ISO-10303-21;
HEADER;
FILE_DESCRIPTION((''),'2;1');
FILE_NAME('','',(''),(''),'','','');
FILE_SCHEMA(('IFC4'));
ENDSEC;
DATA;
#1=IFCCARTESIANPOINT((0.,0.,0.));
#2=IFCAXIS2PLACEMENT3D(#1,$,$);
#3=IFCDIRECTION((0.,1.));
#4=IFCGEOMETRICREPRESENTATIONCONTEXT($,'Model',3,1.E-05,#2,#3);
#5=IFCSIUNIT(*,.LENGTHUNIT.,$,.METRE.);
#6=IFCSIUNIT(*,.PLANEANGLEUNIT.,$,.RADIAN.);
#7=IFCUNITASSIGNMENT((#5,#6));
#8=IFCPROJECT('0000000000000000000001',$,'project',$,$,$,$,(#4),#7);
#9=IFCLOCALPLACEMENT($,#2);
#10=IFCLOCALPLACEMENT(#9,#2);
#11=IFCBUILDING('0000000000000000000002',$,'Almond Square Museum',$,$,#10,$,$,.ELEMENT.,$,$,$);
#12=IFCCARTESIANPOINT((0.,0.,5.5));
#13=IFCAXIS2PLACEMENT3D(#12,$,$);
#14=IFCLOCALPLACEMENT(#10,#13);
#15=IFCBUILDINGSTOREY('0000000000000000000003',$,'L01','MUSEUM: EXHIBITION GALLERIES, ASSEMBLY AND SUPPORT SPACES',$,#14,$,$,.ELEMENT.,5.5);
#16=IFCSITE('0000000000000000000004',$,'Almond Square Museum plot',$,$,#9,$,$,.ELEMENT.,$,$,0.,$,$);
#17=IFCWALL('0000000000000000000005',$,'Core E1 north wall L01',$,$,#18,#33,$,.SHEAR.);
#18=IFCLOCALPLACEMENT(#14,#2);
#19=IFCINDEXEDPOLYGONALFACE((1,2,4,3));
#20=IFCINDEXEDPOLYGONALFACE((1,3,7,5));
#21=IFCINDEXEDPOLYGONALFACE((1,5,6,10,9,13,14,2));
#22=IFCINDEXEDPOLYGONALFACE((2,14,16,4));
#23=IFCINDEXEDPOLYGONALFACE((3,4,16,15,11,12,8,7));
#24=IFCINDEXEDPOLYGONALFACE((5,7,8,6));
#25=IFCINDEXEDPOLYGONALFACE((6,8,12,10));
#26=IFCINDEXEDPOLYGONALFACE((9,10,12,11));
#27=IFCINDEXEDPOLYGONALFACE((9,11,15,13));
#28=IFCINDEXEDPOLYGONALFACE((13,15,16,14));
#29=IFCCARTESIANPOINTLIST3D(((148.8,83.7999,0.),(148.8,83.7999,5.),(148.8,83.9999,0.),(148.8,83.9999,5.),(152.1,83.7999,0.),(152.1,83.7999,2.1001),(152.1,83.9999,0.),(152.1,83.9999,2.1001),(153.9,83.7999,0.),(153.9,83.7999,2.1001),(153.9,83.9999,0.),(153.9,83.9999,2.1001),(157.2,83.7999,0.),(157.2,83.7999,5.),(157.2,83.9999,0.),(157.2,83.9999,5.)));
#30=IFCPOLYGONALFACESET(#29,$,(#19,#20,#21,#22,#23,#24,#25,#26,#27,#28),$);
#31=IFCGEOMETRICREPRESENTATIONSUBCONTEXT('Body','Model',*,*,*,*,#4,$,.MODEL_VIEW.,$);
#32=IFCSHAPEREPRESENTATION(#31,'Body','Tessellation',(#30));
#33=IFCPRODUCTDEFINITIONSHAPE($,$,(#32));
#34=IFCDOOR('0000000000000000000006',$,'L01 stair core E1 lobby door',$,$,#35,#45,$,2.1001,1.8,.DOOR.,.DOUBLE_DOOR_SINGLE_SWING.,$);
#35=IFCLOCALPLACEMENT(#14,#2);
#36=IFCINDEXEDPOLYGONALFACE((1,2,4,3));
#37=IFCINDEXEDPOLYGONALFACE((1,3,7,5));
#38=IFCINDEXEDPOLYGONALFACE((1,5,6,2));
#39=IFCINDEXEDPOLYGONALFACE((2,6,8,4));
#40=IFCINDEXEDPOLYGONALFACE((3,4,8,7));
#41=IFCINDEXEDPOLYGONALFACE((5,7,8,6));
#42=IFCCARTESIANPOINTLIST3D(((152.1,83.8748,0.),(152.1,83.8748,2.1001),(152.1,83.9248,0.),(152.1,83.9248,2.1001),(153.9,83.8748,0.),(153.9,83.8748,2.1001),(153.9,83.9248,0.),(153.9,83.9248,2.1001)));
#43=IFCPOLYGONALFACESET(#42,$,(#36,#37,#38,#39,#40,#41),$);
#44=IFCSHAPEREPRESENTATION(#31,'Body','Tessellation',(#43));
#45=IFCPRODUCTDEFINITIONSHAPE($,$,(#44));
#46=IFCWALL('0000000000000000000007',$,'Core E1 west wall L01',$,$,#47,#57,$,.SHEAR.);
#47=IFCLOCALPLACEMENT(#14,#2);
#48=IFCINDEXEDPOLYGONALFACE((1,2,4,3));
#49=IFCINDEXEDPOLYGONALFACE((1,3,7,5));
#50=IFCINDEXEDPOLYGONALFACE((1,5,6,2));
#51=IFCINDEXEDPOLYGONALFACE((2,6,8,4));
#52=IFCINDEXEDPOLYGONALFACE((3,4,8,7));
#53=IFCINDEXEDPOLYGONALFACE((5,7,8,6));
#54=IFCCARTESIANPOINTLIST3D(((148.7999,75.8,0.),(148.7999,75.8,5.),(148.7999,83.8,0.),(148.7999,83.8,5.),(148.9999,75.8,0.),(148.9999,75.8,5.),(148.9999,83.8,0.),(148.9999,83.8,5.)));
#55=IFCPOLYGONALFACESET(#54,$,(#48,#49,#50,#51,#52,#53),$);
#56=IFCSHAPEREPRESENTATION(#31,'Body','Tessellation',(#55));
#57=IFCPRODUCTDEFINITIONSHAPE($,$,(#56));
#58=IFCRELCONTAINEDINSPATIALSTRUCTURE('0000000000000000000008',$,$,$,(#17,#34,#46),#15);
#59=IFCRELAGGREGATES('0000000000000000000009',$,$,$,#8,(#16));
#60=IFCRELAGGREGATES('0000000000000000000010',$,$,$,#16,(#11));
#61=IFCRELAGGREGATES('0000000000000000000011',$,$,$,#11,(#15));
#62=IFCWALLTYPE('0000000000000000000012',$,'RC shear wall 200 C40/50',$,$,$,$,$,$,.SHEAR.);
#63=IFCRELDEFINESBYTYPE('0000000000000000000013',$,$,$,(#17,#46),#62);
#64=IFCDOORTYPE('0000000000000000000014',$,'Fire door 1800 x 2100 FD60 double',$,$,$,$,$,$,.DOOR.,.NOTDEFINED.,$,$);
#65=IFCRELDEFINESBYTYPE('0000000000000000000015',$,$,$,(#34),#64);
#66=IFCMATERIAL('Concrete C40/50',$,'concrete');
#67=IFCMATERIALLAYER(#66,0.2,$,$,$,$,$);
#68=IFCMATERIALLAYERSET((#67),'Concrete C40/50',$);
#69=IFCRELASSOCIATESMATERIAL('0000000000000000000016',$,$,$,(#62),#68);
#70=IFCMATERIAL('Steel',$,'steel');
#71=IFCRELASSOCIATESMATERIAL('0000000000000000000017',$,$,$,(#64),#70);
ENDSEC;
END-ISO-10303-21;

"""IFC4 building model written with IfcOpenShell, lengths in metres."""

from ifc_helpers import new_model, si_unit, direction, frame, frame_2d, origin, place, context, subcontext, project, spatial, rectangle, extrude, material, layer, layer_set, type_object, element, fill, save


model = new_model("IFC4")

# Units and contexts
model_context = context("Model", 3, precision=1e-05, world=origin(), true_north=direction((0.0, 1.0)))
body_context = subcontext(model_context, "Body", "Model", "MODEL_VIEW")
ifc_project = project(units=[si_unit("LENGTHUNIT", "METRE"), si_unit("PLANEANGLEUNIT", "RADIAN")], contexts=[model_context])

# Site, building, storey
site_placement = place(None, origin())
site = spatial("IfcSite", under=ifc_project, at=site_placement, Name="Almond Square Museum plot", CompositionType="ELEMENT", RefElevation=0.0)
building_placement = place(site_placement, origin())
building = spatial("IfcBuilding", under=site, at=building_placement, Name="Almond Square Museum", CompositionType="ELEMENT")
storey_placement = place(building_placement, frame((0.0, 0.0, 5.5)))
storey = spatial("IfcBuildingStorey", under=building, at=storey_placement, Name="L01", Description="MUSEUM: EXHIBITION GALLERIES, ASSEMBLY AND SUPPORT SPACES", CompositionType="ELEMENT", Elevation=5.5)

# Shared definitions
ifc_material_1 = material(Name="Concrete C40/50", Category="concrete")
ifc_layer_1 = layer(ifc_material_1, 0.2)
ifc_layer_set_1 = layer_set([ifc_layer_1], Name="Concrete C40/50")
wall_type_1 = type_object("IfcWallType", Name="RC shear wall 200 C40/50", PredefinedType="SHEAR", material=ifc_layer_set_1)

# Wall, opening, door
wall_1_placement = place(storey_placement, frame((148.8, 83.8999, 0.0), z_axis=(0.0, 0.0, 1.0), x_axis=(1.0, 0.0, 0.0)))
wall_1 = element("IfcWall", 1, at=wall_1_placement, inside=storey, type_object=wall_type_1, Name="Core E1 north wall L01", PredefinedType="SHEAR", context=body_context, shape_type="SweptSolid", body=[
    extrude(rectangle(XDim=8.3999, YDim=0.2, at=frame_2d((4.2, 0.0))), origin(), (0.0, 0.0, 1.0), 5.0),
])
opening_1_placement = place(wall_1_placement, frame((3.3, 0.0, 0.0)))
opening_1 = element("IfcOpeningElement", 2, at=opening_1_placement, cuts=wall_1, PredefinedType="OPENING", context=body_context, shape_type="SweptSolid", body=[
    extrude(rectangle(XDim=1.8, YDim=2.1001, at=frame_2d((0.8999, 1.05))), frame((0.0, 0.1099, 0.0), z_axis=(0.0, -1.0, 0.0), x_axis=(1.0, 0.0, 0.0)), (0.0, 0.0, 1.0), 0.22),
])
ifc_material_2 = material(Name="Steel", Category="steel")
door_type_1 = type_object("IfcDoorType", Name="Fire door 1800 x 2100 FD60 double", OperationType="NOTDEFINED", PredefinedType="DOOR", material=ifc_material_2)
door_1_placement = place(opening_1_placement, origin())
door_1 = element("IfcDoor", 3, at=door_1_placement, inside=storey, type_object=door_type_1, Name="L01 stair core E1 lobby door", OperationType="DOUBLE_DOOR_SINGLE_SWING", OverallHeight=2.1001, OverallWidth=1.8, PredefinedType="DOOR", context=body_context, shape_type="SweptSolid", body=[
    extrude(rectangle(XDim=1.8, YDim=2.1001, at=frame_2d((0.8999, 1.05))), frame((0.0, 0.0249, 0.0), z_axis=(0.0, -1.0, 0.0), x_axis=(1.0, 0.0, 0.0)), (0.0, 0.0, 1.0), 0.05),
])
fill(opening_1, door_1)

# Wall
wall_2_placement = place(storey_placement, frame((148.8999, 75.8, 0.0), z_axis=(0.0, 0.0, 1.0), x_axis=(0.0, 1.0, 0.0)))
element("IfcWall", 4, at=wall_2_placement, inside=storey, type_object=wall_type_1, Name="Core E1 west wall L01", PredefinedType="SHEAR", context=body_context, shape_type="SweptSolid", body=[
    extrude(rectangle(XDim=8.0, YDim=0.2, at=frame_2d((4.0, 0.0))), origin(), (0.0, 0.0, 1.0), 5.0),
])

save(model, "model.ifc")
